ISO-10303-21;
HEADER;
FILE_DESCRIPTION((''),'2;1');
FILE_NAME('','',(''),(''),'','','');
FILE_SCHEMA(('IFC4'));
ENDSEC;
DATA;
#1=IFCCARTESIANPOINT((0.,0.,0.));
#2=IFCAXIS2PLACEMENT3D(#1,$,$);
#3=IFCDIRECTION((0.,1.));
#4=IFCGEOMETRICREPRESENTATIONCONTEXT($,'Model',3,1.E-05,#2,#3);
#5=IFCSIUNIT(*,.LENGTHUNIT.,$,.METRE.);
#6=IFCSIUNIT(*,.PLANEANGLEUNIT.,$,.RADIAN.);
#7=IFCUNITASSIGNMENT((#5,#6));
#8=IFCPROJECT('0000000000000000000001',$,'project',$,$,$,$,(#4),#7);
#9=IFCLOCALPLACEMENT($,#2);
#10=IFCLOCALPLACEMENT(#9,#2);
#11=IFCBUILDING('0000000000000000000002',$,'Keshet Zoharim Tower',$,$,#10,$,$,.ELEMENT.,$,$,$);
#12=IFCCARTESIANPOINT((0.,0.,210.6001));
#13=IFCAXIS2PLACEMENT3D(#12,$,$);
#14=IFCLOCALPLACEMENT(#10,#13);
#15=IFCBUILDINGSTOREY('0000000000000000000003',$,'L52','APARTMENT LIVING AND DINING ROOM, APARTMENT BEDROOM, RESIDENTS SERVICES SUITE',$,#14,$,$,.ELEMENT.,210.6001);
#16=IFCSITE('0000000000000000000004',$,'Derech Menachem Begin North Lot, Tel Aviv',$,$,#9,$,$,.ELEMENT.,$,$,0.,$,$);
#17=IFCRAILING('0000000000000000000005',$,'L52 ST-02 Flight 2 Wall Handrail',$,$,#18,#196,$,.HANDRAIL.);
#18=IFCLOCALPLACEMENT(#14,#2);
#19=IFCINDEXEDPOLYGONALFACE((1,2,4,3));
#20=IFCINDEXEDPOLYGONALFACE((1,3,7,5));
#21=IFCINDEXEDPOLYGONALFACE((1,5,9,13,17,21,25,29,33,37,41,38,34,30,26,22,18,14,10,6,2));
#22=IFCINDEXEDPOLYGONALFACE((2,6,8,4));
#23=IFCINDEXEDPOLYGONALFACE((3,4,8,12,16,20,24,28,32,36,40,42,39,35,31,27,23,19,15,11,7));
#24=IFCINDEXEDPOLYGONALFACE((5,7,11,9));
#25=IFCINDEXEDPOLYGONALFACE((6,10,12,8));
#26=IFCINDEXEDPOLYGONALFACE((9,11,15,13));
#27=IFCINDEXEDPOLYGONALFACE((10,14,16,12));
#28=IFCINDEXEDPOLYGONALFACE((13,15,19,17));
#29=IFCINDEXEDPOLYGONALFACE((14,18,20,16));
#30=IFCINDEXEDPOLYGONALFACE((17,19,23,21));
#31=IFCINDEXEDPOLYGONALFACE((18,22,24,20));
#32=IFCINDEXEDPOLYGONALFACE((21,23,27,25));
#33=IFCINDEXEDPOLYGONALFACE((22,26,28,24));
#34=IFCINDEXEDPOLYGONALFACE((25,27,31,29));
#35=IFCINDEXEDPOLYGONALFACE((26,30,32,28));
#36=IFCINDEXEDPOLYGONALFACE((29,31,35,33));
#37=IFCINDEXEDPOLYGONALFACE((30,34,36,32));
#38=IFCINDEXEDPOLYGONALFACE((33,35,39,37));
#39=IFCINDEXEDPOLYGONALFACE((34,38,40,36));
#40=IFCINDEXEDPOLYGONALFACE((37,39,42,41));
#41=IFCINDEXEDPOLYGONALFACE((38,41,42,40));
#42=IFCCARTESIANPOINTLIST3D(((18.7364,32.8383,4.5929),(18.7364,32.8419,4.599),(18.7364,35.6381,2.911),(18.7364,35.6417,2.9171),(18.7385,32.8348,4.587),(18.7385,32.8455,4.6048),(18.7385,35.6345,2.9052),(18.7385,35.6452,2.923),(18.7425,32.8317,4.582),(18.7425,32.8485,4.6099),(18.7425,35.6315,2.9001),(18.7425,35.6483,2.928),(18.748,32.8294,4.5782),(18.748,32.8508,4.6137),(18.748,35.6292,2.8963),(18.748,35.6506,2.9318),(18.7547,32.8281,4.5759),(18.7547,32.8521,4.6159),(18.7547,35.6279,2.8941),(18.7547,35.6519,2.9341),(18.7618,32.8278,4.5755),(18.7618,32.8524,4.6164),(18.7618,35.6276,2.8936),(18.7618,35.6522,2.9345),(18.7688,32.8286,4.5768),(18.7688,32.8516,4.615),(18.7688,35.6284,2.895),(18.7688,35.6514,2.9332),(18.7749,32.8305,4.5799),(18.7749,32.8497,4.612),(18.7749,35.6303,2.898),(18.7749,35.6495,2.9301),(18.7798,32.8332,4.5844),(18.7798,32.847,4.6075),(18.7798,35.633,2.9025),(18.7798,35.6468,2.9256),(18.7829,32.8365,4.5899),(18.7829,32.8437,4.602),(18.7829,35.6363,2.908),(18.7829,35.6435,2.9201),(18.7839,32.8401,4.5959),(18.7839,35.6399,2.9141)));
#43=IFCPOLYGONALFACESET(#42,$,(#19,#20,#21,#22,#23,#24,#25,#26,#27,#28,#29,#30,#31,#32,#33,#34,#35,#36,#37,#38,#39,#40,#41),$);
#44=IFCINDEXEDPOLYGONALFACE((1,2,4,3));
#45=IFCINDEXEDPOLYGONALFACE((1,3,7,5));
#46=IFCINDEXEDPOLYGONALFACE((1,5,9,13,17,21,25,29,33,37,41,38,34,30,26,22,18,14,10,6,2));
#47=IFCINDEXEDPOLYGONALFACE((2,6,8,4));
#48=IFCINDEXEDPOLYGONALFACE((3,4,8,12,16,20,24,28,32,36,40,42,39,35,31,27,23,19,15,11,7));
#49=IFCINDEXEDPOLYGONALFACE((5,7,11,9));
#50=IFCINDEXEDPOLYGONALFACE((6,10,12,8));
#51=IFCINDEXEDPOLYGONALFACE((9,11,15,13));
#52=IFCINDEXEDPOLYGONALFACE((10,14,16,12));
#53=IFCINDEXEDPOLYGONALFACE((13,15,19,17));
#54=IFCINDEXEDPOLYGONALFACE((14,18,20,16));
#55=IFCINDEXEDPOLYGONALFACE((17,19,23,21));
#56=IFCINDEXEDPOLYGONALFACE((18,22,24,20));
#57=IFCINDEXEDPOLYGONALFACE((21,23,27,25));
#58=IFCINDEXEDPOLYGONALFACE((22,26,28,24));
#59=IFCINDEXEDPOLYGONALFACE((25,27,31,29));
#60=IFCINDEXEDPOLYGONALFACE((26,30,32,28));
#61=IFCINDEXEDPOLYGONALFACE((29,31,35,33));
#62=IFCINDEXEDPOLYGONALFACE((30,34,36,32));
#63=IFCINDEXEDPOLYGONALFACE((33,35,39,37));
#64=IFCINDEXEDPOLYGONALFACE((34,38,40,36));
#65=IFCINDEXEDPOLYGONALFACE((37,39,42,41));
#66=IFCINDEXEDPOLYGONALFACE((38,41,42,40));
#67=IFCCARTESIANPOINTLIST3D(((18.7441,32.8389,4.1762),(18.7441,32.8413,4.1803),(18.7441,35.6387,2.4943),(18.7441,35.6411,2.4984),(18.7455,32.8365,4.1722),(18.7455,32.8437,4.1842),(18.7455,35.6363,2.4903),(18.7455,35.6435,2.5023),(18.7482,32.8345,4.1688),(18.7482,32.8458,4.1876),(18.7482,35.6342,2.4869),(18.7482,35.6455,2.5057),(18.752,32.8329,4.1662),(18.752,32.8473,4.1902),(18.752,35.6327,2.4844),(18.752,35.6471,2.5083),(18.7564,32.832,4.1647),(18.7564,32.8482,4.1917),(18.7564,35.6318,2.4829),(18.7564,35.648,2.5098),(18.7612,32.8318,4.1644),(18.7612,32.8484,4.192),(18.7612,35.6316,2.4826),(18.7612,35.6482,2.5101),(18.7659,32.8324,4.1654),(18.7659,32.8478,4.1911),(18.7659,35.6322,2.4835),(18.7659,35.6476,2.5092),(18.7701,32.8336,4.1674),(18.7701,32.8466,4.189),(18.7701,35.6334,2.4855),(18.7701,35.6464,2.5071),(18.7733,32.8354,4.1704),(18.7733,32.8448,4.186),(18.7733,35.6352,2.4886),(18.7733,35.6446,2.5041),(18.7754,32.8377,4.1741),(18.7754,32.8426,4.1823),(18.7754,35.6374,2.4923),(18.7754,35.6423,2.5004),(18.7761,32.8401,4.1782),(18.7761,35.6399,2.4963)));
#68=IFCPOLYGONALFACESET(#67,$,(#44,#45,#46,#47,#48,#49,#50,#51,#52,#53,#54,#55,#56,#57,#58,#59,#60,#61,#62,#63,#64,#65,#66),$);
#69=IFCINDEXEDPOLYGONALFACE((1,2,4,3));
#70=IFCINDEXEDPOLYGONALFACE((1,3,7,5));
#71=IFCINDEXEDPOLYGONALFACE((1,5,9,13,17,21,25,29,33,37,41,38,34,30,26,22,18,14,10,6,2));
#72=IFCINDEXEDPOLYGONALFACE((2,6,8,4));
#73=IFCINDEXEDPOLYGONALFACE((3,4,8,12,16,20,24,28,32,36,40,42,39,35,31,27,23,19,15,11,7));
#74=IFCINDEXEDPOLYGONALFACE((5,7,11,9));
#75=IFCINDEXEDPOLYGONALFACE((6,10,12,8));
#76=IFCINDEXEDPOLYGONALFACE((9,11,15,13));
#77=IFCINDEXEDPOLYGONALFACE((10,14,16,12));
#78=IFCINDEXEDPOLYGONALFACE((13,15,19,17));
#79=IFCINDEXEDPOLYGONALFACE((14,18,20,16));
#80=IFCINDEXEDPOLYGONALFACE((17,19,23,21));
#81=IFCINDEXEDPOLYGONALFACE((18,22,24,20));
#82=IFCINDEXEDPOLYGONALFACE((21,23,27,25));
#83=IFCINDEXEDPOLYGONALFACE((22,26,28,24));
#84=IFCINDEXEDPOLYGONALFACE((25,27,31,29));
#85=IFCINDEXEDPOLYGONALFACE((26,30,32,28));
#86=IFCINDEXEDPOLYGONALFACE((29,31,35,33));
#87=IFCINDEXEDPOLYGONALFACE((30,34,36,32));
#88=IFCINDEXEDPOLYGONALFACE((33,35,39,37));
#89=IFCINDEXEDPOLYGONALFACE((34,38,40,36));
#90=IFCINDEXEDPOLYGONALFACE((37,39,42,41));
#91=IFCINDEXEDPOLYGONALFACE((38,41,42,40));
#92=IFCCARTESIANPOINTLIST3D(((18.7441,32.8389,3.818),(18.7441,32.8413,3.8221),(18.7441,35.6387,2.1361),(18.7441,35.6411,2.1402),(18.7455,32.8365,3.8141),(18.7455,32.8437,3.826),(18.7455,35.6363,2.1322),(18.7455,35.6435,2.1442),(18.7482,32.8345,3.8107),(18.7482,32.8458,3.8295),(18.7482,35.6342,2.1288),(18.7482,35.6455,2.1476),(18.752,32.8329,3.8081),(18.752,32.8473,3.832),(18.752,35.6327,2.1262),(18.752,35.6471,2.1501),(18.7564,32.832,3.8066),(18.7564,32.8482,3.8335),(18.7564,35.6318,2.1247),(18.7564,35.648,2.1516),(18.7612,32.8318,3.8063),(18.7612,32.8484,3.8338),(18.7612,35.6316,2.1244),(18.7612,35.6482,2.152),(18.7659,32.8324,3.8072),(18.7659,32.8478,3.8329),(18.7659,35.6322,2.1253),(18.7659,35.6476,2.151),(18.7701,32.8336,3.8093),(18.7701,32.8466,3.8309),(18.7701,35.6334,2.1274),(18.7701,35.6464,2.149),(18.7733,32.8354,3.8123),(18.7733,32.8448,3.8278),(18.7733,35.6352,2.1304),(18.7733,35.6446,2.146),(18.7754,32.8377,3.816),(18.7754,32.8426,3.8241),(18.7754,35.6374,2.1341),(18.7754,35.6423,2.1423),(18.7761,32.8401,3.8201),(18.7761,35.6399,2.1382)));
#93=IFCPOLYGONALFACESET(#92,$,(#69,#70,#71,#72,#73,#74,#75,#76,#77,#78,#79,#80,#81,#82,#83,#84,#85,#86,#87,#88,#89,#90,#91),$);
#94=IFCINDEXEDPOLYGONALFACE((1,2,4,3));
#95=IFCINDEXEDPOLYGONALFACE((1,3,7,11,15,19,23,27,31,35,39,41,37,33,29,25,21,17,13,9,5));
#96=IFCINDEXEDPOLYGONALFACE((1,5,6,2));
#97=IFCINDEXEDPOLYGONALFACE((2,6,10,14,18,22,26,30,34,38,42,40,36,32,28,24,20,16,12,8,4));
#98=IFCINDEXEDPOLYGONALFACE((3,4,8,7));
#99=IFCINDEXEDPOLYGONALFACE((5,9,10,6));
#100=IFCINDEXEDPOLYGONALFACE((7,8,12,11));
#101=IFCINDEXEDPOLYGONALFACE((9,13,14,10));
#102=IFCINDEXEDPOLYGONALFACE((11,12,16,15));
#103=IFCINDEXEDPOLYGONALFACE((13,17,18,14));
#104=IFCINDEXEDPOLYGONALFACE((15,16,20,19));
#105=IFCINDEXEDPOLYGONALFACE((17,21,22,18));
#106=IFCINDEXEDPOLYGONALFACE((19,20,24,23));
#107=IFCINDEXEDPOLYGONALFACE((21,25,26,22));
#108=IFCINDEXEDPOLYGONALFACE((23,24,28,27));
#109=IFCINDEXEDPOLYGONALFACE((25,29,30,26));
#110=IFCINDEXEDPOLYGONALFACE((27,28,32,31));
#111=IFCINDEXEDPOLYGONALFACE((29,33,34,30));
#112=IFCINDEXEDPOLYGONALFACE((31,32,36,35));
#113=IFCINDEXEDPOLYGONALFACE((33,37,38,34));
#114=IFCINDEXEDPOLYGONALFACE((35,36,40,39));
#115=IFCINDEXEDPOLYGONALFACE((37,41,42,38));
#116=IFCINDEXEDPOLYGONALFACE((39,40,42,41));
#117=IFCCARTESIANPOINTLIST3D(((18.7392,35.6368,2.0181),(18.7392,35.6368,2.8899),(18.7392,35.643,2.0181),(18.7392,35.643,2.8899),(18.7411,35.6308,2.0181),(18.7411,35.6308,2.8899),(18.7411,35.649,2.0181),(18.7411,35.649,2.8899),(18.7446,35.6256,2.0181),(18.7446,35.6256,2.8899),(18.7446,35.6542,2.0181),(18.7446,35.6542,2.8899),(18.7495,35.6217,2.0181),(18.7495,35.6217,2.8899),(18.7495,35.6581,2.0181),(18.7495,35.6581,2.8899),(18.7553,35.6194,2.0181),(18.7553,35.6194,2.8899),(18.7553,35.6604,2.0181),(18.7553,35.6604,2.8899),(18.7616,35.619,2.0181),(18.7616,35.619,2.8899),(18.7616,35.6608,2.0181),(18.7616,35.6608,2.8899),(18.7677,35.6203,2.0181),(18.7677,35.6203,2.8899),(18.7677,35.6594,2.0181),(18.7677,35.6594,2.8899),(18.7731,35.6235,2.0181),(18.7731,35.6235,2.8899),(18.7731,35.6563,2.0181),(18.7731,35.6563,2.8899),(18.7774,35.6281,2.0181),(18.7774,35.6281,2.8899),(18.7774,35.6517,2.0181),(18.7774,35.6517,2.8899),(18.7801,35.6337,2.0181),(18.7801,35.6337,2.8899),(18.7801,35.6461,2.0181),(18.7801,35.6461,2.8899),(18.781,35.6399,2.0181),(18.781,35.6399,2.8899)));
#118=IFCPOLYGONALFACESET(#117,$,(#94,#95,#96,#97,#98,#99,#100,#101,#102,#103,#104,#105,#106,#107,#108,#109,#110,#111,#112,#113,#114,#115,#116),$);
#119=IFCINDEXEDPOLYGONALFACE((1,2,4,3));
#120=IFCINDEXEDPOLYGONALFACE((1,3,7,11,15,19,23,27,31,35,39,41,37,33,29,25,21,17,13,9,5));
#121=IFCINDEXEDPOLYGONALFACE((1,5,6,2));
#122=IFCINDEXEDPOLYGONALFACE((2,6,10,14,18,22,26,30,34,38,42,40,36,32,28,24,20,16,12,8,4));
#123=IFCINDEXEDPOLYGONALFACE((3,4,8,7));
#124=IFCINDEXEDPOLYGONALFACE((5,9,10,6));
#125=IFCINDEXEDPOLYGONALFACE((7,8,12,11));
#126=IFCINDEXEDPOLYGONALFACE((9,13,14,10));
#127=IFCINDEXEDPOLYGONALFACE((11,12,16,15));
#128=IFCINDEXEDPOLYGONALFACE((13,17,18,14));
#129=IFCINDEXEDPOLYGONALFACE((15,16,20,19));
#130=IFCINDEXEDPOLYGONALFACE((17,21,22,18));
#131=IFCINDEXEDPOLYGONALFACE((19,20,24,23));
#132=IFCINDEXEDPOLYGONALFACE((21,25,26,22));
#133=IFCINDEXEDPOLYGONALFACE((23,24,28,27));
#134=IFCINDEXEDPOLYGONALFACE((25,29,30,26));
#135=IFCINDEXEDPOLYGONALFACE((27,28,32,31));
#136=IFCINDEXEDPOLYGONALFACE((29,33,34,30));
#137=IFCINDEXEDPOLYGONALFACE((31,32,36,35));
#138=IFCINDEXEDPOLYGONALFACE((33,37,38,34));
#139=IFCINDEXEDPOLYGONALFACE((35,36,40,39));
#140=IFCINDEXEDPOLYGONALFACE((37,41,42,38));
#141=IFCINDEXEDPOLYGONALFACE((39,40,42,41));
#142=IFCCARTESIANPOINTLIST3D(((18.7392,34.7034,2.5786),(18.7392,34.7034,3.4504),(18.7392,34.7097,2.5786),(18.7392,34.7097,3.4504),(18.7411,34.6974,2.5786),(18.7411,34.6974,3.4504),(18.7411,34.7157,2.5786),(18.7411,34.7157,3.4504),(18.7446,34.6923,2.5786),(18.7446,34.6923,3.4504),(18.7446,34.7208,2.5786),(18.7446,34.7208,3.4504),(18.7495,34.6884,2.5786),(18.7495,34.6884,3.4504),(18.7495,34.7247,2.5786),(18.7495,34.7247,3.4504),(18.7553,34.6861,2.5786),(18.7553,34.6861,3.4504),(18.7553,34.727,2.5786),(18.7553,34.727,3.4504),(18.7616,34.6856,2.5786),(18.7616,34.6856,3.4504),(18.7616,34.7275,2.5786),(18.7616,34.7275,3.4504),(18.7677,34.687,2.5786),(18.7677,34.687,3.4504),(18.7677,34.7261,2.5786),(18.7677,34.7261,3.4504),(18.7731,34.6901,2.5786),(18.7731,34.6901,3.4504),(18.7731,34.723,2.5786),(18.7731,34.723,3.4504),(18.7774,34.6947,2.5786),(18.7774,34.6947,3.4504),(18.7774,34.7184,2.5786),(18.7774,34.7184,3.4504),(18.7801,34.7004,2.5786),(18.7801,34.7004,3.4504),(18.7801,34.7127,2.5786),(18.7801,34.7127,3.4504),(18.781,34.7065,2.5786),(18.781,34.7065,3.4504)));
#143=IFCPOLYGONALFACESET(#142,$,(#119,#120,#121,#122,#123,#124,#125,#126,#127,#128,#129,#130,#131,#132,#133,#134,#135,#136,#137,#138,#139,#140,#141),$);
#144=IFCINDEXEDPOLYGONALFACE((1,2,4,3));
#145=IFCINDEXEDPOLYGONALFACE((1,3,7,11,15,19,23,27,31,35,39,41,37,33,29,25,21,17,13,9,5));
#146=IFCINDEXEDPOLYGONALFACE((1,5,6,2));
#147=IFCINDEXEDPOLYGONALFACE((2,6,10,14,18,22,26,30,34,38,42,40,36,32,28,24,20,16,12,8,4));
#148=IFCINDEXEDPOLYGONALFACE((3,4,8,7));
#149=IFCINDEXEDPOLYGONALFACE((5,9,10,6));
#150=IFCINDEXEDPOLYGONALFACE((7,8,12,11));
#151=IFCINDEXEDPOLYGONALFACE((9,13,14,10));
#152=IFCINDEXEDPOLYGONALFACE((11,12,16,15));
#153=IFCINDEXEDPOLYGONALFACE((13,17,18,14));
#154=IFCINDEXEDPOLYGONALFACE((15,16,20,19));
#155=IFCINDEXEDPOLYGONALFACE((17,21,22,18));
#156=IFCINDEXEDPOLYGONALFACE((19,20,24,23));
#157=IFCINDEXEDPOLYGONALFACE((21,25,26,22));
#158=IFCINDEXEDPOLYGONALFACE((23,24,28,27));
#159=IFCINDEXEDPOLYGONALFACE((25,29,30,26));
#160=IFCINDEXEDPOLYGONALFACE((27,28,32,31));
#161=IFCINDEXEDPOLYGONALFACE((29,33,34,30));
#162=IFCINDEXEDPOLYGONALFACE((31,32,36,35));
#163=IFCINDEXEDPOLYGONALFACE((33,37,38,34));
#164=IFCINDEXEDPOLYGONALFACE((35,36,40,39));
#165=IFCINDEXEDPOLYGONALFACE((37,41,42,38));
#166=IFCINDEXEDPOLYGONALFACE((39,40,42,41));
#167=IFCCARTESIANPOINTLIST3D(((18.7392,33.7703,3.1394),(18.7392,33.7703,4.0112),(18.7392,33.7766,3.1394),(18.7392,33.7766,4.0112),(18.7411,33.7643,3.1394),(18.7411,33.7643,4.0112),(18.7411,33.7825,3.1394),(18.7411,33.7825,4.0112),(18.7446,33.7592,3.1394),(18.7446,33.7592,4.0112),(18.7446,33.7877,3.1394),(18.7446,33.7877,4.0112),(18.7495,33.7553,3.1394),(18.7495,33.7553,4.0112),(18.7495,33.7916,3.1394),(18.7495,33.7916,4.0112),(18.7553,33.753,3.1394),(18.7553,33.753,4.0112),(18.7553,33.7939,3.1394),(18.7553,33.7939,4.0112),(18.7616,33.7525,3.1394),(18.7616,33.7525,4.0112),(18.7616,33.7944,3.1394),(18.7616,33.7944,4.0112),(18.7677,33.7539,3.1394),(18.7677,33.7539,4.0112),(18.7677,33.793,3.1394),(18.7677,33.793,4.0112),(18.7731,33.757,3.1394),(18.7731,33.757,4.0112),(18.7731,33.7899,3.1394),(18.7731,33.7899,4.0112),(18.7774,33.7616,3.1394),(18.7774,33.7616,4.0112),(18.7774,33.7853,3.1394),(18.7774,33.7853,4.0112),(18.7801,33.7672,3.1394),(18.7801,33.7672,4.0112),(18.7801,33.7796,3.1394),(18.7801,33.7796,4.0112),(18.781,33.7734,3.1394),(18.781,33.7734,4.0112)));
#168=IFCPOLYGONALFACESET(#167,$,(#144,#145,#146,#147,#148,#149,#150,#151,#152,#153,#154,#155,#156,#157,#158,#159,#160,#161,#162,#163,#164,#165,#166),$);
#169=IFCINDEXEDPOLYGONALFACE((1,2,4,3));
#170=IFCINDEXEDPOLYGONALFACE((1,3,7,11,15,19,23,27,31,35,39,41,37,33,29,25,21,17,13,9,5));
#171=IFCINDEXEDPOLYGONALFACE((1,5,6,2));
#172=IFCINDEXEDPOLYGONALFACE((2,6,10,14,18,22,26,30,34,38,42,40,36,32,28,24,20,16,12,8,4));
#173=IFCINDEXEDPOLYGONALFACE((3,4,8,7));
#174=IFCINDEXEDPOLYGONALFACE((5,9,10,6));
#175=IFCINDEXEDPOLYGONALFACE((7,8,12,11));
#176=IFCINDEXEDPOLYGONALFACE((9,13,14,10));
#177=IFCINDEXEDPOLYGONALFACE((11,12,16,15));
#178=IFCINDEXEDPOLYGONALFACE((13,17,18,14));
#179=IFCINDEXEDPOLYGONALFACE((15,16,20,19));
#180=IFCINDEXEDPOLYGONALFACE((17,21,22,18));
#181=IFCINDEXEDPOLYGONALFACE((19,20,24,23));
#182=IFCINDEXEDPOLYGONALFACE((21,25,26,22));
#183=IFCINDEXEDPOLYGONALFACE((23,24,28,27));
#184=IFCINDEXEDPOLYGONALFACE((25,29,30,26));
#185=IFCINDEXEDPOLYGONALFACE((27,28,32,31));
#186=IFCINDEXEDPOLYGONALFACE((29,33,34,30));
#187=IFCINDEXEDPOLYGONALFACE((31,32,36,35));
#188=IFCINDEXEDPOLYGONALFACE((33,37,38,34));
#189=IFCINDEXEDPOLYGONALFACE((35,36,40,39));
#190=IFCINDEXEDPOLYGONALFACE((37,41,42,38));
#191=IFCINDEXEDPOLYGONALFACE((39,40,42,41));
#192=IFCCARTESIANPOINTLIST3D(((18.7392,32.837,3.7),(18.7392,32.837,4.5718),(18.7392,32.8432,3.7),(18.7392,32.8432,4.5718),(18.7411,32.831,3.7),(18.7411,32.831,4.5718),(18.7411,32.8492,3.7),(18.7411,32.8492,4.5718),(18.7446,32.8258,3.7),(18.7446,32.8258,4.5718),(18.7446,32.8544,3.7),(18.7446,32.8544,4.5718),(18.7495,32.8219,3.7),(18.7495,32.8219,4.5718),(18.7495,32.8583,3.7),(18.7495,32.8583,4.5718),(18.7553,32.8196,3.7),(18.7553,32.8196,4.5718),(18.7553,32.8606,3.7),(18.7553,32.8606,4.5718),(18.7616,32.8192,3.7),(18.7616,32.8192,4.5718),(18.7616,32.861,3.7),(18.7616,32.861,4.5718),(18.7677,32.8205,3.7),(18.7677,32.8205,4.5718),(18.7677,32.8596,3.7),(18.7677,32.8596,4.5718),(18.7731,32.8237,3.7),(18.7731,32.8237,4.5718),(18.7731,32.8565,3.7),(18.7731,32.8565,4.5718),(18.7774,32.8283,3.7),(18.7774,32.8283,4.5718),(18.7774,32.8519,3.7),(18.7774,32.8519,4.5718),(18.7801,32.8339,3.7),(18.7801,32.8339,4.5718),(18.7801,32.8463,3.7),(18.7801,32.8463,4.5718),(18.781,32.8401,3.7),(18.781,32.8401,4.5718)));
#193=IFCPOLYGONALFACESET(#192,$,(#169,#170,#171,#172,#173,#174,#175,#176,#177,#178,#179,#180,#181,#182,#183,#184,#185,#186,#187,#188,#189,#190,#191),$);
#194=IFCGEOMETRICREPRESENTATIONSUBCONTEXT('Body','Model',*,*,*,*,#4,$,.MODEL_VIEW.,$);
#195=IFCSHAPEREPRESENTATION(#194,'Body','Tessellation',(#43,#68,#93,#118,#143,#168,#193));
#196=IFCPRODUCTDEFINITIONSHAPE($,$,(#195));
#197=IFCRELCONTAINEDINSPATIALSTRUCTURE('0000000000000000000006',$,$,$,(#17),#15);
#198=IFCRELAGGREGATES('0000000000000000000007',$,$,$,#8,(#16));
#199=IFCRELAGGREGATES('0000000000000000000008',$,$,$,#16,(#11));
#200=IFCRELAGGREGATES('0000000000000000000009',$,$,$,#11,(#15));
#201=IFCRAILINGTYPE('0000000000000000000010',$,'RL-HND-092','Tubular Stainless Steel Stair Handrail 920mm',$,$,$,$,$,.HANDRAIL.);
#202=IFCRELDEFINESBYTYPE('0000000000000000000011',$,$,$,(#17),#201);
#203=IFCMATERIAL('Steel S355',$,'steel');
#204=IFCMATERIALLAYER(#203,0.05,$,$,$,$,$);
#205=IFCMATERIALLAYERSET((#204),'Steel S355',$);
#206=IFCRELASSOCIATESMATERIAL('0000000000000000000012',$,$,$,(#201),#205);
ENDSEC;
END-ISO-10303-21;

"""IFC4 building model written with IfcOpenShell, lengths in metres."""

from ifc_helpers import new_model, si_unit, direction, frame, origin, origin_2d, place, context, subcontext, project, spatial, circle, extrude, material, layer, layer_set, type_object, element, save


model = new_model("IFC4")

# Units and contexts
model_context = context("Model", 3, precision=1e-05, world=origin(), true_north=direction((0.0, 1.0)))
body_context = subcontext(model_context, "Body", "Model", "MODEL_VIEW")
ifc_project = project(units=[si_unit("LENGTHUNIT", "METRE"), si_unit("PLANEANGLEUNIT", "RADIAN")], contexts=[model_context])

# Site, building, storey
site_placement = place(None, origin())
site = spatial("IfcSite", under=ifc_project, at=site_placement, Name="Derech Menachem Begin North Lot, Tel Aviv", CompositionType="ELEMENT", RefElevation=0.0)
building_placement = place(site_placement, origin())
building = spatial("IfcBuilding", under=site, at=building_placement, Name="Keshet Zoharim Tower", CompositionType="ELEMENT")
storey_placement = place(building_placement, frame((0.0, 0.0, 210.6001)))
storey = spatial("IfcBuildingStorey", under=building, at=storey_placement, Name="L52", Description="APARTMENT LIVING AND DINING ROOM, APARTMENT BEDROOM, RESIDENTS SERVICES SUITE", CompositionType="ELEMENT", Elevation=210.6001)

# Shared definitions
ifc_material_1 = material(Name="Steel S355", Category="steel")

# Railing
ifc_layer_1 = layer(ifc_material_1, 0.05)
ifc_layer_set_1 = layer_set([ifc_layer_1], Name="Steel S355")
railing_type_1 = type_object("IfcRailingType", Name="RL-HND-092", Description="Tubular Stainless Steel Stair Handrail 920mm", PredefinedType="HANDRAIL", material=ifc_layer_set_1)
railing_1_placement = place(storey_placement, frame((18.76, 35.6399, 2.0181)))
element("IfcRailing", 1, at=railing_1_placement, inside=storey, type_object=railing_type_1, Name="L52 ST-02 Flight 2 Wall Handrail", PredefinedType="HANDRAIL", context=body_context, shape_type="SweptSolid", body=[
    extrude(circle(Radius=0.0239, at=origin_2d()), frame((0.0, 0.0, 0.896), z_axis=(0.0, -0.857222, 0.514946), x_axis=(1.0, 0.0, 0.0)), (0.0, 0.0, 1.0), 3.2661),
    extrude(circle(Radius=0.0161, at=origin_2d()), frame((0.0, 0.0, 0.4783), z_axis=(0.0, -0.857222, 0.514946), x_axis=(1.0, 0.0, 0.0)), (0.0, 0.0, 1.0), 3.2661),
    extrude(circle(Radius=0.0161, at=origin_2d()), frame((0.0, 0.0, 0.1201), z_axis=(0.0, -0.857222, 0.514946), x_axis=(1.0, 0.0, 0.0)), (0.0, 0.0, 1.0), 3.2661),
    extrude(circle(Radius=0.021, at=origin_2d()), origin(), (0.0, 0.0, 1.0), 0.8718),
    extrude(circle(Radius=0.021, at=origin_2d()), frame((0.0, -0.9333, 0.5605)), (0.0, 0.0, 1.0), 0.8718),
    extrude(circle(Radius=0.021, at=origin_2d()), frame((0.0, -1.8665, 1.1213)), (0.0, 0.0, 1.0), 0.8718),
    extrude(circle(Radius=0.021, at=origin_2d()), frame((0.0, -2.7998, 1.6819)), (0.0, 0.0, 1.0), 0.8718),
])

save(model, "model.ifc")
